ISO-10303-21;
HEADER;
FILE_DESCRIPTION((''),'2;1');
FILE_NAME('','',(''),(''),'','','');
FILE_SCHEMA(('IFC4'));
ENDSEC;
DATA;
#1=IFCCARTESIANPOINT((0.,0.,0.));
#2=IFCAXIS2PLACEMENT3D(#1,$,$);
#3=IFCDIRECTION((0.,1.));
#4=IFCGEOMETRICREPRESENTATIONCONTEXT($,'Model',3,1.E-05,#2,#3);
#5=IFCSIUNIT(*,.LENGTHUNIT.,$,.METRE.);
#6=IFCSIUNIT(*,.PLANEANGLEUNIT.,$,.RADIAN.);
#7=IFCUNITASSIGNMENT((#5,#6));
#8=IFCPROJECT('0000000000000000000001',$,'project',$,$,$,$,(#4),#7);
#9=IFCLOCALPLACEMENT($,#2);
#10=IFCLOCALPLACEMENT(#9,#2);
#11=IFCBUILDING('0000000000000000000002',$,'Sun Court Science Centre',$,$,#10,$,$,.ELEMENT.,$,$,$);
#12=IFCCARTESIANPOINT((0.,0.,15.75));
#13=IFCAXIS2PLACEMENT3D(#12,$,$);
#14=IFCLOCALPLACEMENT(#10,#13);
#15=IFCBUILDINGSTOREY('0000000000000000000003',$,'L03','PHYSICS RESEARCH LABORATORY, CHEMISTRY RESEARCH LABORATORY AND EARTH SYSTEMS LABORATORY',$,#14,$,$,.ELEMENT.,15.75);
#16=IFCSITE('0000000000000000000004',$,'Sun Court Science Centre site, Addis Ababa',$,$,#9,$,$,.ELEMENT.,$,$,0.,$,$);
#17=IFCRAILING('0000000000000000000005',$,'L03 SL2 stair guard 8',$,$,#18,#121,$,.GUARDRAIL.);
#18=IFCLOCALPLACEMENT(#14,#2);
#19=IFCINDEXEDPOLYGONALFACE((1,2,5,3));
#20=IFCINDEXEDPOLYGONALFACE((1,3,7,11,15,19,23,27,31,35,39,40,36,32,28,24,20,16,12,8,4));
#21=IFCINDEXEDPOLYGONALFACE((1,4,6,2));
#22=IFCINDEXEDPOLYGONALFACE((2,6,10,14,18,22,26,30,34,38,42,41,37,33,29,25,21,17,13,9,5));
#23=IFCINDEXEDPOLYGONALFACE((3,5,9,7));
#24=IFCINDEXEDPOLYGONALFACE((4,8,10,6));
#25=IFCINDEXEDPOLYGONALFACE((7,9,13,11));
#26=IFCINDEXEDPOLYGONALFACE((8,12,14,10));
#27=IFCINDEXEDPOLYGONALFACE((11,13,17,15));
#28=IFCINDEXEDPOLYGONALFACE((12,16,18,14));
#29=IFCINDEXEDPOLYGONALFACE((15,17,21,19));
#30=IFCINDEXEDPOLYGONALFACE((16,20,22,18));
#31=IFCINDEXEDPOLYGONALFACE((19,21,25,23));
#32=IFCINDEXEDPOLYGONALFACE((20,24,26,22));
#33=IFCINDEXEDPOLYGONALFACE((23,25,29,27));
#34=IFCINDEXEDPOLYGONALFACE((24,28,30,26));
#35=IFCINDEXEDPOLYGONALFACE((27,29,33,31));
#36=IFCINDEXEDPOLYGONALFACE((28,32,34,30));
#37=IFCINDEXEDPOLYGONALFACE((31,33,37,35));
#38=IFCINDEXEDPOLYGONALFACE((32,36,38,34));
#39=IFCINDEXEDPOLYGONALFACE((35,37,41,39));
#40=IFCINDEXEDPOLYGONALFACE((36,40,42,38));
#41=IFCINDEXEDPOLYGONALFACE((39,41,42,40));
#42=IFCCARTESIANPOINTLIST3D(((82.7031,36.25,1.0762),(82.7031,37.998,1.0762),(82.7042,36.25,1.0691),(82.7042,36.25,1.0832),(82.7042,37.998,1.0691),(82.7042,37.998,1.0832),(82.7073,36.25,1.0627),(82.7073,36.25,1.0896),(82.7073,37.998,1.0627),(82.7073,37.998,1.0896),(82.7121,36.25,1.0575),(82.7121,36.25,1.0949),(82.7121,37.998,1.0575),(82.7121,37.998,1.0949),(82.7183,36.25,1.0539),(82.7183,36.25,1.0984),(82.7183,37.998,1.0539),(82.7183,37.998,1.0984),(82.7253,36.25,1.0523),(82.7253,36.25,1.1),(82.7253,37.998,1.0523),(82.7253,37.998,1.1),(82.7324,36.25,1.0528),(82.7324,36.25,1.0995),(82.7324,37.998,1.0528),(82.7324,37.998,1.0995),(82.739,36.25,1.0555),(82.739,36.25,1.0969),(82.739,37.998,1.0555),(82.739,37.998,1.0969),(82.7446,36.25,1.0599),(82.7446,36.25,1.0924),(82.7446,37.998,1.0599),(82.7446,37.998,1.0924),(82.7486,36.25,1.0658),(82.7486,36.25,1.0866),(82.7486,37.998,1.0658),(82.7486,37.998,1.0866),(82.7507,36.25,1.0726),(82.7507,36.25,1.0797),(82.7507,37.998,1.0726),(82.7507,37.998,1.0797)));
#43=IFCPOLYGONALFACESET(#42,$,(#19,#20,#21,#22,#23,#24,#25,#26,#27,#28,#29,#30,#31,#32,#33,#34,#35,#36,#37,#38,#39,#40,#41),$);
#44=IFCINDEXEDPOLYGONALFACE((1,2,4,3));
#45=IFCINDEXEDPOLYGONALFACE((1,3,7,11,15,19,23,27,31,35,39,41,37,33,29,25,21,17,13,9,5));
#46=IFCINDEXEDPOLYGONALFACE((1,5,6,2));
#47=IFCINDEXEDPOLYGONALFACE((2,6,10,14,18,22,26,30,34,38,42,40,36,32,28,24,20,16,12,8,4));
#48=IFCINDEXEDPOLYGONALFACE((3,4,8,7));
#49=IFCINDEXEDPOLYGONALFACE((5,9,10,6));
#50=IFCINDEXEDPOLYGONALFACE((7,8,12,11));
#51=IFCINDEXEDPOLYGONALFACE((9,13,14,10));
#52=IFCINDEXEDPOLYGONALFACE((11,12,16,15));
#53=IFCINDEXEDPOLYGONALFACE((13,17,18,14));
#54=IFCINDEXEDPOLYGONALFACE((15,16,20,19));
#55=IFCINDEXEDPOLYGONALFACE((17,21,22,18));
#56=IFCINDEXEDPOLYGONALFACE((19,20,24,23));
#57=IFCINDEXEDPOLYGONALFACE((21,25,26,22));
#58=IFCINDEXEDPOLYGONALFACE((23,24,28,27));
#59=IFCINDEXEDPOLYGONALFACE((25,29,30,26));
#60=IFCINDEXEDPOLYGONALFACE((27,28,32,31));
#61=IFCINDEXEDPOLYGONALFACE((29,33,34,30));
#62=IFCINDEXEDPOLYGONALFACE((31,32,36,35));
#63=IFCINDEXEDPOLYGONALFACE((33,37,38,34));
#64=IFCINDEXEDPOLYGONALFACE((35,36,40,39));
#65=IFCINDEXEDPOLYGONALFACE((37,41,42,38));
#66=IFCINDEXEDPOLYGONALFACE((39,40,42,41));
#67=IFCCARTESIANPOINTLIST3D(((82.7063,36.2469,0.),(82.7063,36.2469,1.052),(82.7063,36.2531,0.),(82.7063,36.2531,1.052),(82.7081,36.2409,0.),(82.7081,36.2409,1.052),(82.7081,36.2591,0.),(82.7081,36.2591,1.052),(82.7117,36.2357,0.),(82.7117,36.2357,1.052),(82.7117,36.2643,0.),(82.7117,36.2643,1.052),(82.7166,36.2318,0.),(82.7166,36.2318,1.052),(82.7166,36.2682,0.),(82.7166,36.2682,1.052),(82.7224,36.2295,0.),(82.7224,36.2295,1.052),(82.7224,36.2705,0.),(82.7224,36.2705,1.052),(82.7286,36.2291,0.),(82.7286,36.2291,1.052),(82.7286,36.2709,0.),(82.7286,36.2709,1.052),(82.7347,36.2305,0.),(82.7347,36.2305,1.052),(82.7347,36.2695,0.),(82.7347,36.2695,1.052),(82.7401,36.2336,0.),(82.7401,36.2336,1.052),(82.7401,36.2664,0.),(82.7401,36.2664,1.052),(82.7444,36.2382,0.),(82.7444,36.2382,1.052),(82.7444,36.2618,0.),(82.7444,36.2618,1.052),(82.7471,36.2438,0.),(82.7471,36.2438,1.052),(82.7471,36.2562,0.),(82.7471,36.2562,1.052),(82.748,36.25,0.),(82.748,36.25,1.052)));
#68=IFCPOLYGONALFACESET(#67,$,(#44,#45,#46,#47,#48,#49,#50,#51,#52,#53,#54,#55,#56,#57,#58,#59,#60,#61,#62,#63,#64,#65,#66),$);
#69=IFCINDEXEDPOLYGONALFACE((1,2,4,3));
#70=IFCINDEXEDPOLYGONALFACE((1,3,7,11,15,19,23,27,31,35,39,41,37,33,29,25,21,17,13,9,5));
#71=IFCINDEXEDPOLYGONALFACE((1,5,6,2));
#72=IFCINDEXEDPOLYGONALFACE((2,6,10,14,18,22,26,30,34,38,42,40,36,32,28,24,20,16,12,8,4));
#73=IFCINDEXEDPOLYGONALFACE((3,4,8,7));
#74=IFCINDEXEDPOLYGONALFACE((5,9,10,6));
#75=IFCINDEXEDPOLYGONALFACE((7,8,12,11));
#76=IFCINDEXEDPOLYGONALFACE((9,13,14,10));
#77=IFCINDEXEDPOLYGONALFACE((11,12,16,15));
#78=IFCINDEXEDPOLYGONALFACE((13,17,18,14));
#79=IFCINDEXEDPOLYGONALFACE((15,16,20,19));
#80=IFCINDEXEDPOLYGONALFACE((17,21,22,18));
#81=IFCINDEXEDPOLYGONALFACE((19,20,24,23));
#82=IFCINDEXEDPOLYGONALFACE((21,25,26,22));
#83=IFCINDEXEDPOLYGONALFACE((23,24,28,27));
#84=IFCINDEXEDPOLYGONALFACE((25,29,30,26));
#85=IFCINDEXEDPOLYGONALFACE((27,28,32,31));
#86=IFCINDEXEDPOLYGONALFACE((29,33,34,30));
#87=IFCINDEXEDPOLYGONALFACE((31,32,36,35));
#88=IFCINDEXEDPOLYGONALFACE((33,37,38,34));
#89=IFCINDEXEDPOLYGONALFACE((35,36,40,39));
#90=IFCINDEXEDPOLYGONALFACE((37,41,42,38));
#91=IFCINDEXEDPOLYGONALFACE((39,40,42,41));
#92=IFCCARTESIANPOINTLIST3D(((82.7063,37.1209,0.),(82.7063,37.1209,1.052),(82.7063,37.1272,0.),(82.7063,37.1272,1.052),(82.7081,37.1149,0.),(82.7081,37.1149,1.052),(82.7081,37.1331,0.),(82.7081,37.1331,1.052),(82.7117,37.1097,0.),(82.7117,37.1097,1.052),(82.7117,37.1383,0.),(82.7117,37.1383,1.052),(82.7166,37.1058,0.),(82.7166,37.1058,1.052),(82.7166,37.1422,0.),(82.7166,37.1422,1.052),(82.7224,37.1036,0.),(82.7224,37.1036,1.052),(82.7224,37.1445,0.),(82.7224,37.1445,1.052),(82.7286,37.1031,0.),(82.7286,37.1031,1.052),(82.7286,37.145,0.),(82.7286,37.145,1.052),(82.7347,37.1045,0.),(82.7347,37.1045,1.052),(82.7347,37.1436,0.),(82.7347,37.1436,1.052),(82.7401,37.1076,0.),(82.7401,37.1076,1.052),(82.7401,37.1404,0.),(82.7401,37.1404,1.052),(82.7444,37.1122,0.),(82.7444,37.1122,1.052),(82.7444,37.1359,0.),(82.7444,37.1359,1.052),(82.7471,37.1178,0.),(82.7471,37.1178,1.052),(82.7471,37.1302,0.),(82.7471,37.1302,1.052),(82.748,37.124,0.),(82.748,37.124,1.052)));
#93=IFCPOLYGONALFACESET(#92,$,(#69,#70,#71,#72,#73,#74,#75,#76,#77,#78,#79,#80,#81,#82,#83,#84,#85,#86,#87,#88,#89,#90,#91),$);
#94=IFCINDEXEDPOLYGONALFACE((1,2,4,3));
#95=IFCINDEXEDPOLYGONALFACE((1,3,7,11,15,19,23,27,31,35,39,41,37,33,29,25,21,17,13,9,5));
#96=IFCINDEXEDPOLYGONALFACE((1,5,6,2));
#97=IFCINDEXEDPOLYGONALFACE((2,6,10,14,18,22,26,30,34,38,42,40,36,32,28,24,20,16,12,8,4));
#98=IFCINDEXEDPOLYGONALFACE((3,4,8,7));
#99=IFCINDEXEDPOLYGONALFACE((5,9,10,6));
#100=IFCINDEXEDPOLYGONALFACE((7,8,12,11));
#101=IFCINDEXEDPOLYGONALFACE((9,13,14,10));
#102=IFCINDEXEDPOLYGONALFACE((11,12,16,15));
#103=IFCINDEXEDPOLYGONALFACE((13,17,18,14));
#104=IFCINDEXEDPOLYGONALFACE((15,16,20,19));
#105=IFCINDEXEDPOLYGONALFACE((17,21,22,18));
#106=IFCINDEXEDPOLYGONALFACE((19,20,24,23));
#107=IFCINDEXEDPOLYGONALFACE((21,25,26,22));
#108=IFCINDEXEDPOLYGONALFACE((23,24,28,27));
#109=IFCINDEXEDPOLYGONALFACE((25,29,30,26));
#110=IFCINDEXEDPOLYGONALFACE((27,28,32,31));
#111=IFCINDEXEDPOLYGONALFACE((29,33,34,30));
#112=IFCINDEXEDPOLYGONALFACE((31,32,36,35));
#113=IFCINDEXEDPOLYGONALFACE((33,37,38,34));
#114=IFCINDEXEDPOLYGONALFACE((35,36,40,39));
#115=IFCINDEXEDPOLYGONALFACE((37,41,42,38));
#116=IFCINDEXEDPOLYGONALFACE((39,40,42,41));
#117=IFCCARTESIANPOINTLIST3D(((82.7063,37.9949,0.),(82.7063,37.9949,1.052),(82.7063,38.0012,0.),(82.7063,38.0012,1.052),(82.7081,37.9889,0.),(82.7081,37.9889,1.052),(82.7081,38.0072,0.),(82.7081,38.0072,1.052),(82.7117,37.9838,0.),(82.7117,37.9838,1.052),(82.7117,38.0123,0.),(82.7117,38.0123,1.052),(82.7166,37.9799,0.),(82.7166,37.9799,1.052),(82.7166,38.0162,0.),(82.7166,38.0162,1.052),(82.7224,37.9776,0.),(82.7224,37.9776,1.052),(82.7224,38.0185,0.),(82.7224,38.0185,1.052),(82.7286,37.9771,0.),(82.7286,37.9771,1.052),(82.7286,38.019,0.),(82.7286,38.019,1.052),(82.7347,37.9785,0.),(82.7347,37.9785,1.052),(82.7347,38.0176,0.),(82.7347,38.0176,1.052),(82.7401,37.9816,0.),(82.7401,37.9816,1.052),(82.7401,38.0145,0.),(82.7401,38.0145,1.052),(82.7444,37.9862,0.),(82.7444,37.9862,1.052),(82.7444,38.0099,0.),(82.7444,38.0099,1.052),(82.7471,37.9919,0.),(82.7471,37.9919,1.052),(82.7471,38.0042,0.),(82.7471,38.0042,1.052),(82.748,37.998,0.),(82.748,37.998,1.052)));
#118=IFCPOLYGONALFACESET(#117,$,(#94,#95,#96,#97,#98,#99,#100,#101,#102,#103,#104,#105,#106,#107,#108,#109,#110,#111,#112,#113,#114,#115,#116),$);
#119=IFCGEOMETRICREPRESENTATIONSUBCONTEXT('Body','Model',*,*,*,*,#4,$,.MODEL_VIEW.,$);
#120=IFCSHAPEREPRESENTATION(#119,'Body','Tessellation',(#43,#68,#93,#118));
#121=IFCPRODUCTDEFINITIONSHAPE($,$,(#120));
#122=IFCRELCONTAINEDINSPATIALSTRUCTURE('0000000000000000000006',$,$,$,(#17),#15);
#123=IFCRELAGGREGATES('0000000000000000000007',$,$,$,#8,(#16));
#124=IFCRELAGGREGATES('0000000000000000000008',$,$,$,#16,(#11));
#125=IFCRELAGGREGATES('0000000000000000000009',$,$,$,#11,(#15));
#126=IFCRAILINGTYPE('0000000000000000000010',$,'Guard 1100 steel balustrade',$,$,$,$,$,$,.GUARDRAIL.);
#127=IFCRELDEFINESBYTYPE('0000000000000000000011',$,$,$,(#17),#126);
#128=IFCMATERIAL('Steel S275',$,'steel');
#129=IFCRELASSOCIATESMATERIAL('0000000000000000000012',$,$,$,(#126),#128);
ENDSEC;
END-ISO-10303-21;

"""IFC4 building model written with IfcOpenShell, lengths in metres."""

from ifc_helpers import new_model, si_unit, direction, frame, origin, origin_2d, place, context, subcontext, project, spatial, circle, extrude, material, type_object, element, save


model = new_model("IFC4")

# Units and contexts
model_context = context("Model", 3, precision=1e-05, world=origin(), true_north=direction((0.0, 1.0)))
body_context = subcontext(model_context, "Body", "Model", "MODEL_VIEW")
ifc_project = project(units=[si_unit("LENGTHUNIT", "METRE"), si_unit("PLANEANGLEUNIT", "RADIAN")], contexts=[model_context])

# Site, building, storey
site_placement = place(None, origin())
site = spatial("IfcSite", under=ifc_project, at=site_placement, Name="Sun Court Science Centre site, Addis Ababa", CompositionType="ELEMENT", RefElevation=0.0)
building_placement = place(site_placement, origin())
building = spatial("IfcBuilding", under=site, at=building_placement, Name="Sun Court Science Centre", CompositionType="ELEMENT")
storey_placement = place(building_placement, frame((0.0, 0.0, 15.75)))
storey = spatial("IfcBuildingStorey", under=building, at=storey_placement, Name="L03", Description="PHYSICS RESEARCH LABORATORY, CHEMISTRY RESEARCH LABORATORY AND EARTH SYSTEMS LABORATORY", CompositionType="ELEMENT", Elevation=15.75)

# Railing
ifc_material_1 = material(Name="Steel S275", Category="steel")
railing_type = type_object("IfcRailingType", Name="Guard 1100 steel balustrade", PredefinedType="GUARDRAIL", material=ifc_material_1)
for number, where, name in (
    (1, (82.7271, 36.25, 0.0), "L03 SL2 stair guard 8"),
):
    element("IfcRailing", number, at=place(storey_placement, frame(where)), inside=storey, type_object=railing_type, Name=name, PredefinedType="GUARDRAIL", context=body_context, shape_type="SweptSolid", body=[
        extrude(circle(Radius=0.0239, at=origin_2d()), frame((0.0, 0.0, 1.0762), z_axis=(0.0, 1.0, 0.0), x_axis=(-1.0, 0.0, 0.0)), (0.0, 0.0, 1.0), 1.748),
        extrude(circle(Radius=0.021, at=origin_2d()), origin(), (0.0, 0.0, 1.0), 1.052),
        extrude(circle(Radius=0.021, at=origin_2d()), frame((0.0, 0.874, 0.0)), (0.0, 0.0, 1.0), 1.052),
        extrude(circle(Radius=0.021, at=origin_2d()), frame((0.0, 1.748, 0.0)), (0.0, 0.0, 1.0), 1.052),
    ])

save(model, "model.ifc")
